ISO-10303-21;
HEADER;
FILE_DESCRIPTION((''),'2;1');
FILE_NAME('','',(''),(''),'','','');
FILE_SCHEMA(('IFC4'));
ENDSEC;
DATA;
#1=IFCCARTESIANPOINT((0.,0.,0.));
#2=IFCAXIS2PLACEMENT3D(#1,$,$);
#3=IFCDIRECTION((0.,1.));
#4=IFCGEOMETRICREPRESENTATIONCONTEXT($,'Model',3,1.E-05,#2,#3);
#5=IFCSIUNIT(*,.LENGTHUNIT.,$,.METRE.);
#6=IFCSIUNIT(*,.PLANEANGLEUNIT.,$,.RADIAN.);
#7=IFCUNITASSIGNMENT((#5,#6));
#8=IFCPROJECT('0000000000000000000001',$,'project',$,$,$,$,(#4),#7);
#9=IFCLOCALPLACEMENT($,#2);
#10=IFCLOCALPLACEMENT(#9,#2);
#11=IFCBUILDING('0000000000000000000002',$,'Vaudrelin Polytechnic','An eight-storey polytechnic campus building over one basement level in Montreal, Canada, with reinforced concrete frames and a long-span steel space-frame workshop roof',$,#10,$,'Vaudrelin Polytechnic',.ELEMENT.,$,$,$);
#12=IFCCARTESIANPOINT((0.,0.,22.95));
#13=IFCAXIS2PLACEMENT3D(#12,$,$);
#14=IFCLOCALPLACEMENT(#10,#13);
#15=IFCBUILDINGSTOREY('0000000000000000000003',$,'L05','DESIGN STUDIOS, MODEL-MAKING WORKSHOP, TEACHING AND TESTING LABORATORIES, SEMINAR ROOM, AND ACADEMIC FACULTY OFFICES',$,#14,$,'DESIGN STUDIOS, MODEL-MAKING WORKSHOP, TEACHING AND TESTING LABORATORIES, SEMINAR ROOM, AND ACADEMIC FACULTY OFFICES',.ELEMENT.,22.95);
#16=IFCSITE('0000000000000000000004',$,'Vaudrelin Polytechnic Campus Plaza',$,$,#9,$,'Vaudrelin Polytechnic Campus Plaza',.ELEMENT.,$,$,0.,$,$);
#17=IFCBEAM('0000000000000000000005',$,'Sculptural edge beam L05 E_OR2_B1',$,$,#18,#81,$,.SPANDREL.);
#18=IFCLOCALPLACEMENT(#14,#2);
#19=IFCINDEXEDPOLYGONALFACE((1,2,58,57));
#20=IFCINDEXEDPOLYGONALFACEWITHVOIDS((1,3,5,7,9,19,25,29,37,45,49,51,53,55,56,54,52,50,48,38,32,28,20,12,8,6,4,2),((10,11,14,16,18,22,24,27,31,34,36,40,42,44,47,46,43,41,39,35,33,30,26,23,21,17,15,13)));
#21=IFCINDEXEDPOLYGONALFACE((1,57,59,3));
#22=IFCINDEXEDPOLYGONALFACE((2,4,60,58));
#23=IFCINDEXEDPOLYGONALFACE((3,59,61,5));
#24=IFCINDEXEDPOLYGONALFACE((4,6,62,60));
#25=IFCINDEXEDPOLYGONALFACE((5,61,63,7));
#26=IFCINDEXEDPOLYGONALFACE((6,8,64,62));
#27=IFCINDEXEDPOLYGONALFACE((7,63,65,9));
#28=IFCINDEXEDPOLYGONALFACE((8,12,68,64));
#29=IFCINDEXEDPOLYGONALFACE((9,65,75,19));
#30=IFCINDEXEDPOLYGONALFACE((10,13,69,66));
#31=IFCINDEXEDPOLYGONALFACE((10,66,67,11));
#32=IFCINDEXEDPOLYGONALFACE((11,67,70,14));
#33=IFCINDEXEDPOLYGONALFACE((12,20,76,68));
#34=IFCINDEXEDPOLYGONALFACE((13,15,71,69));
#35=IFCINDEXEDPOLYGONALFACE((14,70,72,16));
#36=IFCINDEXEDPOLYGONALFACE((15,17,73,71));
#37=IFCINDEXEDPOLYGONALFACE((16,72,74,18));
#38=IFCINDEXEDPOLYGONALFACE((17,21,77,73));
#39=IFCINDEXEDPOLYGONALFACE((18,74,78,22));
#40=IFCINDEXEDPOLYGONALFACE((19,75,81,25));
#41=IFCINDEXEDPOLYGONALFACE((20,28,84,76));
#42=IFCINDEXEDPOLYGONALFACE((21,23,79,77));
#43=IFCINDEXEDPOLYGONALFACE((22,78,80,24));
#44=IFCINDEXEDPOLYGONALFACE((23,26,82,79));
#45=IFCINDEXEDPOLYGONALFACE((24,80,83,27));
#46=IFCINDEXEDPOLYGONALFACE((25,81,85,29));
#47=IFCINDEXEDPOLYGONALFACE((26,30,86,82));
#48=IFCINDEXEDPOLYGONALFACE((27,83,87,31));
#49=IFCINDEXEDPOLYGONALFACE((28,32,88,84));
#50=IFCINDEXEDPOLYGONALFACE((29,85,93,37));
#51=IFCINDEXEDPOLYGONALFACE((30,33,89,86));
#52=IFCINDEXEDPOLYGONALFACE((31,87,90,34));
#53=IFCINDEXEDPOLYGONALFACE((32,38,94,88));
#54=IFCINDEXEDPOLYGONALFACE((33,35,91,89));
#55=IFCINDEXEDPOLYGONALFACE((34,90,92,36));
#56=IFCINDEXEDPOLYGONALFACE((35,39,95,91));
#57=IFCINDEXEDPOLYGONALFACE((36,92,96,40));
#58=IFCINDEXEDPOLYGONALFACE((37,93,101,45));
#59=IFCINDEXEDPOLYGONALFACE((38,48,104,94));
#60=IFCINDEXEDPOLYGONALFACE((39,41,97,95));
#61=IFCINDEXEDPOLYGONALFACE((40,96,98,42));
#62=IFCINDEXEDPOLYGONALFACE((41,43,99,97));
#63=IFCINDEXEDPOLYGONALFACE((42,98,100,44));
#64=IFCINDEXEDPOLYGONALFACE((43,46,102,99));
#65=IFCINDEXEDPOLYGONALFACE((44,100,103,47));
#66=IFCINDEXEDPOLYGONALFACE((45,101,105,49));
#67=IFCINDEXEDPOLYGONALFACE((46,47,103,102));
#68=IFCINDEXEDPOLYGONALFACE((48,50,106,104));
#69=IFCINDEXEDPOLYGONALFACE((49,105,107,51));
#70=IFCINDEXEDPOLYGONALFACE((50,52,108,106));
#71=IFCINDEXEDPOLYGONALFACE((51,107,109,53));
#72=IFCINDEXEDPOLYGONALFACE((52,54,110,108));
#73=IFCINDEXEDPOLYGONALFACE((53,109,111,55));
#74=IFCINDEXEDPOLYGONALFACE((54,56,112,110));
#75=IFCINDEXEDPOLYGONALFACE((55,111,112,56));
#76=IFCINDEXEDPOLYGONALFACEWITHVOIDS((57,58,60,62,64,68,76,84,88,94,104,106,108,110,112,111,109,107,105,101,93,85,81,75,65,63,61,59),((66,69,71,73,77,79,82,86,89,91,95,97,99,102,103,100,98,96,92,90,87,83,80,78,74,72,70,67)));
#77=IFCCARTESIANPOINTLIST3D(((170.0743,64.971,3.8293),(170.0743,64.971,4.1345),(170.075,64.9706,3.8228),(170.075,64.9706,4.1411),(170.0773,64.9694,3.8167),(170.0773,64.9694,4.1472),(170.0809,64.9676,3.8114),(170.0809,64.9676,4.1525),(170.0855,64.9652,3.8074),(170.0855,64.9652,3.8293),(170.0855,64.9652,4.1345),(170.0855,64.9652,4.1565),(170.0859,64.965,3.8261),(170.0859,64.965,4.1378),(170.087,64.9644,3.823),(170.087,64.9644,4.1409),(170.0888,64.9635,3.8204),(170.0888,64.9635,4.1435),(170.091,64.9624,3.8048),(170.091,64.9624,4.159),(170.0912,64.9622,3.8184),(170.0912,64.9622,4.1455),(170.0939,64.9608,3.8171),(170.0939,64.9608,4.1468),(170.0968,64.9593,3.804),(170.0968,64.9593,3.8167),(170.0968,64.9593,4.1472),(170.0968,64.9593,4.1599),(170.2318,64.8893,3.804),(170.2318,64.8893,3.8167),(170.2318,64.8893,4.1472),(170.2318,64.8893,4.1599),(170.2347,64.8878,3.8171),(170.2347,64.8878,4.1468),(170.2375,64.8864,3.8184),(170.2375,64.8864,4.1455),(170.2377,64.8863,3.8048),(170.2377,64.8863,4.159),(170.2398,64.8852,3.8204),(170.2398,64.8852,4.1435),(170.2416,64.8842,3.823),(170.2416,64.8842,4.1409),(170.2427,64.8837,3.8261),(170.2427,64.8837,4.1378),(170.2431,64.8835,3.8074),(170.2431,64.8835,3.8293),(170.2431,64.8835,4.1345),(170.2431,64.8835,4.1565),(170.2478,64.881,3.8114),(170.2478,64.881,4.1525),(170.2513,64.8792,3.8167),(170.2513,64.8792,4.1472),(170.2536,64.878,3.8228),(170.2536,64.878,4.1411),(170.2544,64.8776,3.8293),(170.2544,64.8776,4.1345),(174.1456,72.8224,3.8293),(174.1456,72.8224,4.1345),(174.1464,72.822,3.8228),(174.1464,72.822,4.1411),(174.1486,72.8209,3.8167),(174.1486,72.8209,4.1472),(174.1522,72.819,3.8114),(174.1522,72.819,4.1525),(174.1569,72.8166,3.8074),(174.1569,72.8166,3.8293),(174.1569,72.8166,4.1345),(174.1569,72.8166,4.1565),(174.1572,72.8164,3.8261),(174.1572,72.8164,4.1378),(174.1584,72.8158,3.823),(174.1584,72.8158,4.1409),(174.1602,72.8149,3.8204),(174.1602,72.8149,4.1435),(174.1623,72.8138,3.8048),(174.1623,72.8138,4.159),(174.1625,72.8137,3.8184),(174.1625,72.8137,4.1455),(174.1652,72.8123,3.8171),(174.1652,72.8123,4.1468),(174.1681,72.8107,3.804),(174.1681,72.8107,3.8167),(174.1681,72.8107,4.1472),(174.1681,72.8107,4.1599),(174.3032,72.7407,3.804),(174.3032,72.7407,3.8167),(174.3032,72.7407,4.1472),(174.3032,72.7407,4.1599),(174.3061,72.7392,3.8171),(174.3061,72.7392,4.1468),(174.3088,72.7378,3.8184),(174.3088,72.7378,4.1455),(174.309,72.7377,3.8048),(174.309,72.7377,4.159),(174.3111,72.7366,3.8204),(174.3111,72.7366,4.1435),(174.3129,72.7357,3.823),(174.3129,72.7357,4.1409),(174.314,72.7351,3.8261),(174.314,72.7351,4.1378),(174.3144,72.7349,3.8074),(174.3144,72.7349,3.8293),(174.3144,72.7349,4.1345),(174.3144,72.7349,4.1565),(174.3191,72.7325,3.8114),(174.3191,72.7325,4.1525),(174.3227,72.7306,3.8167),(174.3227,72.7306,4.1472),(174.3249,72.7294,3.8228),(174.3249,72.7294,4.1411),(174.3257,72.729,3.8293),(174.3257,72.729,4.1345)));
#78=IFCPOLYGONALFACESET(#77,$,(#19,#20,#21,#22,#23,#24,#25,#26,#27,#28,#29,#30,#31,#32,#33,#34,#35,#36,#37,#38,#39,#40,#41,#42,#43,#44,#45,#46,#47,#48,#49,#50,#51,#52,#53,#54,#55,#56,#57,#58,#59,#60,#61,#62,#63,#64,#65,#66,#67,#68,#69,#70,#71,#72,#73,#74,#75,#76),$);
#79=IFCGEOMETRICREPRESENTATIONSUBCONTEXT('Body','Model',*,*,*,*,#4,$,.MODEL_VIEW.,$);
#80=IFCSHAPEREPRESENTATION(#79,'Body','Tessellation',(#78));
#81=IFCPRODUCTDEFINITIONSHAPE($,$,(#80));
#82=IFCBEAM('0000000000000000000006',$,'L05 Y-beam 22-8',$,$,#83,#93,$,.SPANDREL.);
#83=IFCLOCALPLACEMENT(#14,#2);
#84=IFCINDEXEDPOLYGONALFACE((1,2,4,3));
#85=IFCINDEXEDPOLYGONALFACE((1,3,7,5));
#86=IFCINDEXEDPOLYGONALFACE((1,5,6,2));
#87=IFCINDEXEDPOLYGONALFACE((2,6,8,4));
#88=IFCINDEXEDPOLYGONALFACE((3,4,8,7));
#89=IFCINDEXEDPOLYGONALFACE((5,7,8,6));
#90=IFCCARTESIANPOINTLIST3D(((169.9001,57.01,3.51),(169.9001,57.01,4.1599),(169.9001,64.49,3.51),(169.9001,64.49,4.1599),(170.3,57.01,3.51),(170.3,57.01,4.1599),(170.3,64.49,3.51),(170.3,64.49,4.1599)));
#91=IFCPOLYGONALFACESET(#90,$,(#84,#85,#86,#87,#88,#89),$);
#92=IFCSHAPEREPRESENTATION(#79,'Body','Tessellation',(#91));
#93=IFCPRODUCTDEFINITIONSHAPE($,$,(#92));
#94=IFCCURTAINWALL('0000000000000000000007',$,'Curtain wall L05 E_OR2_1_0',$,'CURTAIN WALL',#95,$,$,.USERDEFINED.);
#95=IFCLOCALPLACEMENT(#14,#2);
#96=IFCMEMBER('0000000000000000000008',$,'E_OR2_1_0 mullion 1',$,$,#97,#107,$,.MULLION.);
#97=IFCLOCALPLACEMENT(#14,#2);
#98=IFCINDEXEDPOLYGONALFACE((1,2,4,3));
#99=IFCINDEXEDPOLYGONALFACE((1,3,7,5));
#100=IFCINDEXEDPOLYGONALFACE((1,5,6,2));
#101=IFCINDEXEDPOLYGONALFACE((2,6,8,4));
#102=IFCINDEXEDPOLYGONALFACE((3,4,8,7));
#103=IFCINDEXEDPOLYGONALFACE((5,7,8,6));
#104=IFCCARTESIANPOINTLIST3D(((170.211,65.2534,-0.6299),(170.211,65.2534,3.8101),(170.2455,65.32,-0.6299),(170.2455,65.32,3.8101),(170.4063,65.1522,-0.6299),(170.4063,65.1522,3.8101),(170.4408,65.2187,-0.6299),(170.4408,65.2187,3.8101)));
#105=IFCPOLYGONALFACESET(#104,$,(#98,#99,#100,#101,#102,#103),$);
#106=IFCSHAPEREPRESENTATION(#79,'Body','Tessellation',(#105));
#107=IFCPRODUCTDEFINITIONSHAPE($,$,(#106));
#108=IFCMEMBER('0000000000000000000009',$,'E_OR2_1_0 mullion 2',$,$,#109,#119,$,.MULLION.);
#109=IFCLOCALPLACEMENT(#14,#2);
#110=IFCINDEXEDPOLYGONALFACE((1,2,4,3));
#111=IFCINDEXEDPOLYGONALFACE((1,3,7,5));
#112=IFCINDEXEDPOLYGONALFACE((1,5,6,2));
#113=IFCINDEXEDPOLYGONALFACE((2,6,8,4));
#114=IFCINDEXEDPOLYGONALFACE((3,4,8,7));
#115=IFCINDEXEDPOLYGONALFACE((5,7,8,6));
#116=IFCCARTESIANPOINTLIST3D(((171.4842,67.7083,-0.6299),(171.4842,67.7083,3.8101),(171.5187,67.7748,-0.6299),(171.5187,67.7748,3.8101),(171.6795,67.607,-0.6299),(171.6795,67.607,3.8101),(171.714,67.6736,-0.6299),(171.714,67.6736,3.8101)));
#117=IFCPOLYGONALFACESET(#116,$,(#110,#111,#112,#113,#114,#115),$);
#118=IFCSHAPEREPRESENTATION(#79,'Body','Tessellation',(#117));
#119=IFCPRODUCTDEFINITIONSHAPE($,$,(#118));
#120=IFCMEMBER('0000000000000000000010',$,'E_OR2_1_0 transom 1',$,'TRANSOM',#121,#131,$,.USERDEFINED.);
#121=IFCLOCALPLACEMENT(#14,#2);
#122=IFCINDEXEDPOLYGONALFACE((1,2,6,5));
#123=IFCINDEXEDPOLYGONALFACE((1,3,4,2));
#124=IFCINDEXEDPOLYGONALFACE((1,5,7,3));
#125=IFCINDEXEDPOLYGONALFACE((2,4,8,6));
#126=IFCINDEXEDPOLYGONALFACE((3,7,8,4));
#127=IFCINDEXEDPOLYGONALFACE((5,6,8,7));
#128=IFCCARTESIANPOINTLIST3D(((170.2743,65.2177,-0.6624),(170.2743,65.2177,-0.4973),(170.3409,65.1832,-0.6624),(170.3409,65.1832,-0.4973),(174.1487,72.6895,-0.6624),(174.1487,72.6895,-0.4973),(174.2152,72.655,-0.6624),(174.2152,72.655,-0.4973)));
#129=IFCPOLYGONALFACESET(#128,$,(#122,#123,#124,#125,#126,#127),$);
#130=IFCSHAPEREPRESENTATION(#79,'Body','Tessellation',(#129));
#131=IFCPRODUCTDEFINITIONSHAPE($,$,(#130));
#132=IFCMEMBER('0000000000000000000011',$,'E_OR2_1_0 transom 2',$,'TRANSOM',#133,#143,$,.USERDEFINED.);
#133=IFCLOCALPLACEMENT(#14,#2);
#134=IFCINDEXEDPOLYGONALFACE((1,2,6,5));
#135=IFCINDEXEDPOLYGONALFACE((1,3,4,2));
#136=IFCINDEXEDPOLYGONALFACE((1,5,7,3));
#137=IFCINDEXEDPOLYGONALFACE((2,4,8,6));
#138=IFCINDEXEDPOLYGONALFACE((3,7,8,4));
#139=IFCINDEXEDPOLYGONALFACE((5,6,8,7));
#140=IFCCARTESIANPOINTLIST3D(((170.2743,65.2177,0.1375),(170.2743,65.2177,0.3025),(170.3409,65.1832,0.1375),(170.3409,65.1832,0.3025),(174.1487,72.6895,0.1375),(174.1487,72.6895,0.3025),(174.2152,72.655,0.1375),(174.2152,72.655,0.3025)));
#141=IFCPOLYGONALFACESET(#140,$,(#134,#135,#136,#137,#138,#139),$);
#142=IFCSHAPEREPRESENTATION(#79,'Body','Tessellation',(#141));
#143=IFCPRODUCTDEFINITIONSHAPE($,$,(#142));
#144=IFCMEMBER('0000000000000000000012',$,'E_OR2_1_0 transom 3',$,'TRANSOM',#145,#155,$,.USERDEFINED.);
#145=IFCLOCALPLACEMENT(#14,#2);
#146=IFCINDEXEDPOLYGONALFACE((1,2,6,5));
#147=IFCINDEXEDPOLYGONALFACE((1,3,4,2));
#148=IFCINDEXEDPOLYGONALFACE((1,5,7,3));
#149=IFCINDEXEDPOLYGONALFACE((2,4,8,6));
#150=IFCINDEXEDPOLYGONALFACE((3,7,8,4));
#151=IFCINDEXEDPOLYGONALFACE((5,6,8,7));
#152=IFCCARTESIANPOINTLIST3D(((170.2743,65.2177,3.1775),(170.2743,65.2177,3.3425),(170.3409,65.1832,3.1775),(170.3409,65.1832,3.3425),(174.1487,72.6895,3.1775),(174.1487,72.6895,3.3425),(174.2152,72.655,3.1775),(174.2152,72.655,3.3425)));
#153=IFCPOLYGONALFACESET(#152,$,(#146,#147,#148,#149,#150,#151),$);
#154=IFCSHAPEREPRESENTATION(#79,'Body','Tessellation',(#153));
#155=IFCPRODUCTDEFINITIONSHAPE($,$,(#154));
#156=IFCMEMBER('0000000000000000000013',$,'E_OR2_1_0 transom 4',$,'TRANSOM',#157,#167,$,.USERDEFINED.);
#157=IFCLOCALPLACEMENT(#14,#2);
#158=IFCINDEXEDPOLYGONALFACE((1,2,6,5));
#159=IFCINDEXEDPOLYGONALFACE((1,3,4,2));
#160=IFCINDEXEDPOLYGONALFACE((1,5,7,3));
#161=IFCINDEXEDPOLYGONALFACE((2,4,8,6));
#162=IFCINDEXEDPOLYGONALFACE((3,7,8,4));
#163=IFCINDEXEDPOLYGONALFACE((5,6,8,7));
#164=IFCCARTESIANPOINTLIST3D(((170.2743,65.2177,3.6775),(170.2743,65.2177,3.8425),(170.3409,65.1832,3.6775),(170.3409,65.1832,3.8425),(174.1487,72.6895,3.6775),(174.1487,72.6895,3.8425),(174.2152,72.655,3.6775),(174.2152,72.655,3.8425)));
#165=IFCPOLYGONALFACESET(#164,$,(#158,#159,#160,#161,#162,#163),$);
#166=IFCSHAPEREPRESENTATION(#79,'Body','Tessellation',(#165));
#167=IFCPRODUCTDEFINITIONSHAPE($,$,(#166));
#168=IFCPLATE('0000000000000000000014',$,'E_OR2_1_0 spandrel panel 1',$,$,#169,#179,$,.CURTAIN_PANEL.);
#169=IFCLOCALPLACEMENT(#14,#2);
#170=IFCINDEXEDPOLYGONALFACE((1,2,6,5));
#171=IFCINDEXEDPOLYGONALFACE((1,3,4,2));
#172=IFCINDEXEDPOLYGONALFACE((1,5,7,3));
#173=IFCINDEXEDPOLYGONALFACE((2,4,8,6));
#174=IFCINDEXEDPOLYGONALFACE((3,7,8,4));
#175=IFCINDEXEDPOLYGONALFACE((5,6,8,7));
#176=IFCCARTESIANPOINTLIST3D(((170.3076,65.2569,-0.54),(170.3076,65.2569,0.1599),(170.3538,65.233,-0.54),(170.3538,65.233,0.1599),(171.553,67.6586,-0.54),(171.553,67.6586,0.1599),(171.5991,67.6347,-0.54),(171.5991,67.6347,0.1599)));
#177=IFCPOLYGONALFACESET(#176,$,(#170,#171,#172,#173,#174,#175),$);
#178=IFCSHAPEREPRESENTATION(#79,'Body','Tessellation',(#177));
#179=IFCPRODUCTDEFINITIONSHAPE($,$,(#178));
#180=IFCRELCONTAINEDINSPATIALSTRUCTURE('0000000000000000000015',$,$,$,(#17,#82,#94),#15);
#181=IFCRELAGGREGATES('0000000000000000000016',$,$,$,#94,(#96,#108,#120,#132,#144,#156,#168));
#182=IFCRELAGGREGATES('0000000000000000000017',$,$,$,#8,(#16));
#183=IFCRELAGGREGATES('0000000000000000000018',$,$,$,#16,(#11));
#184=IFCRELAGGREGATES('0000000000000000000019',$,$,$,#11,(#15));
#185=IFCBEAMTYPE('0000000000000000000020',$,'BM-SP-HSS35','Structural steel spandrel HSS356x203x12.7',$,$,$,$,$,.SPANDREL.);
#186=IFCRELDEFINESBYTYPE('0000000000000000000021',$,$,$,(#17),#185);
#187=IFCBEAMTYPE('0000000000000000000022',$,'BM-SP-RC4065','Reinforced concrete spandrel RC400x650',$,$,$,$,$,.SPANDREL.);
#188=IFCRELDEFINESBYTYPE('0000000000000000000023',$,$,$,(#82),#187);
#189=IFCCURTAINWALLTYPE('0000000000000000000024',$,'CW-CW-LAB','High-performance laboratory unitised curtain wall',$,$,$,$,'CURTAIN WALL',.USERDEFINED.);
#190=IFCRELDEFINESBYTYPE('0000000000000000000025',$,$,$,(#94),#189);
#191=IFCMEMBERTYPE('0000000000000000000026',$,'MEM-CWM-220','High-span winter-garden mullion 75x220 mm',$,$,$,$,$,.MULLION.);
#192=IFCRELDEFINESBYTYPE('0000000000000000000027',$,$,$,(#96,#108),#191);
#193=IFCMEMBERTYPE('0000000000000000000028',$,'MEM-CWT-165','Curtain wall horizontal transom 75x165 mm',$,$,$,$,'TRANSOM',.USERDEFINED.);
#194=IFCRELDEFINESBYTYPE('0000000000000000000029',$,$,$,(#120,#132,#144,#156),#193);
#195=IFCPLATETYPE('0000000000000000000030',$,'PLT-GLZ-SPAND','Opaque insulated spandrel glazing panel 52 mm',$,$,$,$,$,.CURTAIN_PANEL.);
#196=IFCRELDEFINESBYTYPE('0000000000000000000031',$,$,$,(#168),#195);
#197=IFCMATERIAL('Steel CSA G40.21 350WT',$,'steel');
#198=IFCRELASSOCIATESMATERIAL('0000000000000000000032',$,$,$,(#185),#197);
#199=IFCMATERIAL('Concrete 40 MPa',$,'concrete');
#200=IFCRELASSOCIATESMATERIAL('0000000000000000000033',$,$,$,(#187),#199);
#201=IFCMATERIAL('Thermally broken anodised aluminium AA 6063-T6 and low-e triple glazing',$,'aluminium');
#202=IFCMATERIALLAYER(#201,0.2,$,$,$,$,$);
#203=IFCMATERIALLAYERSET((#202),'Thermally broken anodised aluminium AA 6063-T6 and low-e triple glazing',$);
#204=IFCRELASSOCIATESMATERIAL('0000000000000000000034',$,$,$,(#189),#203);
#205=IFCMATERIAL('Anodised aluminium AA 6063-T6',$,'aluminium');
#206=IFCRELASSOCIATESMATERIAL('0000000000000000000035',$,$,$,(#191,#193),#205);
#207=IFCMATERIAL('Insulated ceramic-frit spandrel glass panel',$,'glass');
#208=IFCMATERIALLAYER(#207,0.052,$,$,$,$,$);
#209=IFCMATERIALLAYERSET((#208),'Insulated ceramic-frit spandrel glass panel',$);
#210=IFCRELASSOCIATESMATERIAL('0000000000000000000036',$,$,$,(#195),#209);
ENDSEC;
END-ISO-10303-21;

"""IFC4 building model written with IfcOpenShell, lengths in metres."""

from ifc_helpers import new_model, si_unit, direction, frame, origin, origin_2d, place, context, subcontext, project, spatial, rectangle, hollow_rectangle, extrude, material, layer, layer_set, material_profile, profile_set, type_object, element, aggregate, save


model = new_model("IFC4")

# Units and contexts
model_context = context("Model", 3, precision=1e-05, world=origin(), true_north=direction((0.0, 1.0)))
body_context = subcontext(model_context, "Body", "Model", "MODEL_VIEW")
ifc_project = project(units=[si_unit("LENGTHUNIT", "METRE"), si_unit("PLANEANGLEUNIT", "RADIAN")], contexts=[model_context])

# Site, building, storey
site_placement = place(None, origin())
site = spatial("IfcSite", under=ifc_project, at=site_placement, Name="Vaudrelin Polytechnic Campus Plaza", LongName="Vaudrelin Polytechnic Campus Plaza", CompositionType="ELEMENT", RefElevation=0.0)
building_placement = place(site_placement, origin())
building = spatial("IfcBuilding", under=site, at=building_placement, Name="Vaudrelin Polytechnic", Description="An eight-storey polytechnic campus building over one basement level in Montreal, Canada, with reinforced concrete frames and a long-span steel space-frame workshop roof", LongName="Vaudrelin Polytechnic", CompositionType="ELEMENT")
storey_placement = place(building_placement, frame((0.0, 0.0, 22.95)))
storey = spatial("IfcBuildingStorey", under=building, at=storey_placement, Name="L05", Description="DESIGN STUDIOS, MODEL-MAKING WORKSHOP, TEACHING AND TESTING LABORATORIES, SEMINAR ROOM, AND ACADEMIC FACULTY OFFICES", LongName="DESIGN STUDIOS, MODEL-MAKING WORKSHOP, TEACHING AND TESTING LABORATORIES, SEMINAR ROOM, AND ACADEMIC FACULTY OFFICES", CompositionType="ELEMENT", Elevation=22.95)

# Shared definitions
ifc_material_1 = material(Name="Concrete 40 MPa", Category="concrete")

# Beams
ifc_material_2 = material(Name="Steel CSA G40.21 350WT", Category="steel")
ifc_material_profile_1 = material_profile(ifc_material_2, hollow_rectangle(XDim=0.2029, YDim=0.356, WallThickness=0.0127, InnerFilletRadius=0.0127, OuterFilletRadius=0.0254, at=origin_2d()), Name="HSS356x203x12.7")
ifc_profile_set_1 = profile_set([ifc_material_profile_1], Name="Steel CSA G40.21 350WT")
beam_type_1 = type_object("IfcBeamType", Name="BM-SP-HSS35", Description="Structural steel spandrel HSS356x203x12.7", PredefinedType="SPANDREL", material=ifc_profile_set_1)
beam_1_placement = place(storey_placement, frame((170.1643, 64.9243, 3.9819), z_axis=(0.460338, 0.887744, 0.0), x_axis=(-0.887744, 0.460338, 0.0)))
element("IfcBeam", 1, at=beam_1_placement, inside=storey, type_object=beam_type_1, Name="Sculptural edge beam L05 E_OR2_B1", PredefinedType="SPANDREL", context=body_context, shape_type="SweptSolid", body=[
    extrude(hollow_rectangle(XDim=0.2029, YDim=0.356, WallThickness=0.0127, InnerFilletRadius=0.0127, OuterFilletRadius=0.0254, at=origin_2d()), origin(), (0.0, 0.0, 1.0), 8.8442),
])
ifc_material_profile_2 = material_profile(ifc_material_1, rectangle(XDim=0.3999, YDim=0.6499, at=origin_2d()), Name="RC400x650")
ifc_profile_set_2 = profile_set([ifc_material_profile_2], Name="Concrete 40 MPa")
beam_type_2 = type_object("IfcBeamType", Name="BM-SP-RC4065", Description="Reinforced concrete spandrel RC400x650", PredefinedType="SPANDREL", material=ifc_profile_set_2)
beam_2_placement = place(storey_placement, frame((170.1001, 57.01, 3.835), z_axis=(0.0, 1.0, 0.0), x_axis=(-1.0, 0.0, 0.0)))
element("IfcBeam", 2, at=beam_2_placement, inside=storey, type_object=beam_type_2, Name="L05 Y-beam 22-8", PredefinedType="SPANDREL", context=body_context, shape_type="SweptSolid", body=[
    extrude(rectangle(XDim=0.3999, YDim=0.6499, at=origin_2d()), origin(), (0.0, 0.0, 1.0), 7.48),
])

# Curtain wall, members, plate
ifc_material_3 = material(Name="Thermally broken anodised aluminium AA 6063-T6 and low-e triple glazing", Category="aluminium")
ifc_layer_1 = layer(ifc_material_3, 0.2)
ifc_layer_set_1 = layer_set([ifc_layer_1], Name="Thermally broken anodised aluminium AA 6063-T6 and low-e triple glazing")
curtain_wall_type = type_object("IfcCurtainWallType", Name="CW-CW-LAB", Description="High-performance laboratory unitised curtain wall", ElementType="CURTAIN WALL", PredefinedType="USERDEFINED", material=ifc_layer_set_1)
curtain_wall_placement = place(storey_placement, origin())
curtain_wall = element("IfcCurtainWall", 3, at=curtain_wall_placement, inside=storey, type_object=curtain_wall_type, Name="Curtain wall L05 E_OR2_1_0", ObjectType="CURTAIN WALL", PredefinedType="USERDEFINED")
ifc_material_4 = material(Name="Anodised aluminium AA 6063-T6", Category="aluminium")
ifc_material_profile_3 = material_profile(ifc_material_4, rectangle(XDim=0.075, YDim=0.22, at=origin_2d()), Name="CWM-75x220")
ifc_profile_set_3 = profile_set([ifc_material_profile_3], Name="Anodised aluminium AA 6063-T6")
member_type_1 = type_object("IfcMemberType", Name="MEM-CWM-220", Description="High-span winter-garden mullion 75x220 mm", PredefinedType="MULLION", material=ifc_profile_set_3)
member_1_placement = place(storey_placement, frame((170.3259, 65.2361, -0.6299), z_axis=(0.0, 0.0, 1.0), x_axis=(0.460325, 0.88775, 0.0)))
member_1 = element("IfcMember", 4, at=member_1_placement, type_object=member_type_1, Name="E_OR2_1_0 mullion 1", PredefinedType="MULLION", context=body_context, shape_type="SweptSolid", body=[
    extrude(rectangle(XDim=0.075, YDim=0.22, at=origin_2d()), origin(), (0.0, 0.0, 1.0), 4.4399),
])
member_2_placement = place(storey_placement, frame((171.5991, 67.6909, -0.6299), z_axis=(0.0, 0.0, 1.0), x_axis=(0.460325, 0.88775, 0.0)))
member_2 = element("IfcMember", 5, at=member_2_placement, type_object=member_type_1, Name="E_OR2_1_0 mullion 2", PredefinedType="MULLION", context=body_context, shape_type="SweptSolid", body=[
    extrude(rectangle(XDim=0.075, YDim=0.22, at=origin_2d()), origin(), (0.0, 0.0, 1.0), 4.4399),
])
ifc_material_profile_4 = material_profile(ifc_material_4, rectangle(XDim=0.075, YDim=0.165, at=origin_2d()), Name="CWT-75x165")
ifc_profile_set_4 = profile_set([ifc_material_profile_4], Name="Anodised aluminium AA 6063-T6")
member_type_2 = type_object("IfcMemberType", Name="MEM-CWT-165", Description="Curtain wall horizontal transom 75x165 mm", ElementType="TRANSOM", PredefinedType="USERDEFINED", material=ifc_profile_set_4)
member_3_placement = place(storey_placement, frame((170.3076, 65.2004, -0.5798), z_axis=(0.460323, 0.887751, 0.0), x_axis=(-0.887751, 0.460323, 0.0)))
member_3 = element("IfcMember", 6, at=member_3_placement, type_object=member_type_2, Name="E_OR2_1_0 transom 1", ObjectType="TRANSOM", PredefinedType="USERDEFINED", context=body_context, shape_type="SweptSolid", body=[
    extrude(rectangle(XDim=0.075, YDim=0.165, at=origin_2d()), origin(), (0.0, 0.0, 1.0), 8.4165),
])
member_4_placement = place(storey_placement, frame((170.3076, 65.2004, 0.22), z_axis=(0.460323, 0.887751, 0.0), x_axis=(-0.887751, 0.460323, 0.0)))
member_4 = element("IfcMember", 7, at=member_4_placement, type_object=member_type_2, Name="E_OR2_1_0 transom 2", ObjectType="TRANSOM", PredefinedType="USERDEFINED", context=body_context, shape_type="SweptSolid", body=[
    extrude(rectangle(XDim=0.075, YDim=0.165, at=origin_2d()), origin(), (0.0, 0.0, 1.0), 8.4165),
])
member_5_placement = place(storey_placement, frame((170.3076, 65.2004, 3.26), z_axis=(0.460323, 0.887751, 0.0), x_axis=(-0.887751, 0.460323, 0.0)))
member_5 = element("IfcMember", 8, at=member_5_placement, type_object=member_type_2, Name="E_OR2_1_0 transom 3", ObjectType="TRANSOM", PredefinedType="USERDEFINED", context=body_context, shape_type="SweptSolid", body=[
    extrude(rectangle(XDim=0.075, YDim=0.165, at=origin_2d()), origin(), (0.0, 0.0, 1.0), 8.4165),
])
member_6_placement = place(storey_placement, frame((170.3076, 65.2004, 3.76), z_axis=(0.460323, 0.887751, 0.0), x_axis=(-0.887751, 0.460323, 0.0)))
member_6 = element("IfcMember", 9, at=member_6_placement, type_object=member_type_2, Name="E_OR2_1_0 transom 4", ObjectType="TRANSOM", PredefinedType="USERDEFINED", context=body_context, shape_type="SweptSolid", body=[
    extrude(rectangle(XDim=0.075, YDim=0.165, at=origin_2d()), origin(), (0.0, 0.0, 1.0), 8.4165),
])
ifc_material_5 = material(Name="Insulated ceramic-frit spandrel glass panel", Category="glass")
ifc_layer_2 = layer(ifc_material_5, 0.052)
ifc_layer_set_2 = layer_set([ifc_layer_2], Name="Insulated ceramic-frit spandrel glass panel")
plate_type_1 = type_object("IfcPlateType", Name="PLT-GLZ-SPAND", Description="Opaque insulated spandrel glazing panel 52 mm", PredefinedType="CURTAIN_PANEL", material=ifc_layer_set_2)
plate_1_placement = place(storey_placement, frame((170.9534, 66.4458, -0.54), z_axis=(0.0, 0.0, 1.0), x_axis=(0.460325, 0.88775, 0.0)))
plate_1 = element("IfcPlate", 10, at=plate_1_placement, type_object=plate_type_1, Name="E_OR2_1_0 spandrel panel 1", PredefinedType="CURTAIN_PANEL", context=body_context, shape_type="SweptSolid", body=[
    extrude(rectangle(XDim=2.7053, YDim=0.052, at=origin_2d()), origin(), (0.0, 0.0, 1.0), 0.7),
])
aggregate(curtain_wall, [member_1, member_2, member_3, member_4, member_5, member_6, plate_1])

save(model, "model.ifc")
